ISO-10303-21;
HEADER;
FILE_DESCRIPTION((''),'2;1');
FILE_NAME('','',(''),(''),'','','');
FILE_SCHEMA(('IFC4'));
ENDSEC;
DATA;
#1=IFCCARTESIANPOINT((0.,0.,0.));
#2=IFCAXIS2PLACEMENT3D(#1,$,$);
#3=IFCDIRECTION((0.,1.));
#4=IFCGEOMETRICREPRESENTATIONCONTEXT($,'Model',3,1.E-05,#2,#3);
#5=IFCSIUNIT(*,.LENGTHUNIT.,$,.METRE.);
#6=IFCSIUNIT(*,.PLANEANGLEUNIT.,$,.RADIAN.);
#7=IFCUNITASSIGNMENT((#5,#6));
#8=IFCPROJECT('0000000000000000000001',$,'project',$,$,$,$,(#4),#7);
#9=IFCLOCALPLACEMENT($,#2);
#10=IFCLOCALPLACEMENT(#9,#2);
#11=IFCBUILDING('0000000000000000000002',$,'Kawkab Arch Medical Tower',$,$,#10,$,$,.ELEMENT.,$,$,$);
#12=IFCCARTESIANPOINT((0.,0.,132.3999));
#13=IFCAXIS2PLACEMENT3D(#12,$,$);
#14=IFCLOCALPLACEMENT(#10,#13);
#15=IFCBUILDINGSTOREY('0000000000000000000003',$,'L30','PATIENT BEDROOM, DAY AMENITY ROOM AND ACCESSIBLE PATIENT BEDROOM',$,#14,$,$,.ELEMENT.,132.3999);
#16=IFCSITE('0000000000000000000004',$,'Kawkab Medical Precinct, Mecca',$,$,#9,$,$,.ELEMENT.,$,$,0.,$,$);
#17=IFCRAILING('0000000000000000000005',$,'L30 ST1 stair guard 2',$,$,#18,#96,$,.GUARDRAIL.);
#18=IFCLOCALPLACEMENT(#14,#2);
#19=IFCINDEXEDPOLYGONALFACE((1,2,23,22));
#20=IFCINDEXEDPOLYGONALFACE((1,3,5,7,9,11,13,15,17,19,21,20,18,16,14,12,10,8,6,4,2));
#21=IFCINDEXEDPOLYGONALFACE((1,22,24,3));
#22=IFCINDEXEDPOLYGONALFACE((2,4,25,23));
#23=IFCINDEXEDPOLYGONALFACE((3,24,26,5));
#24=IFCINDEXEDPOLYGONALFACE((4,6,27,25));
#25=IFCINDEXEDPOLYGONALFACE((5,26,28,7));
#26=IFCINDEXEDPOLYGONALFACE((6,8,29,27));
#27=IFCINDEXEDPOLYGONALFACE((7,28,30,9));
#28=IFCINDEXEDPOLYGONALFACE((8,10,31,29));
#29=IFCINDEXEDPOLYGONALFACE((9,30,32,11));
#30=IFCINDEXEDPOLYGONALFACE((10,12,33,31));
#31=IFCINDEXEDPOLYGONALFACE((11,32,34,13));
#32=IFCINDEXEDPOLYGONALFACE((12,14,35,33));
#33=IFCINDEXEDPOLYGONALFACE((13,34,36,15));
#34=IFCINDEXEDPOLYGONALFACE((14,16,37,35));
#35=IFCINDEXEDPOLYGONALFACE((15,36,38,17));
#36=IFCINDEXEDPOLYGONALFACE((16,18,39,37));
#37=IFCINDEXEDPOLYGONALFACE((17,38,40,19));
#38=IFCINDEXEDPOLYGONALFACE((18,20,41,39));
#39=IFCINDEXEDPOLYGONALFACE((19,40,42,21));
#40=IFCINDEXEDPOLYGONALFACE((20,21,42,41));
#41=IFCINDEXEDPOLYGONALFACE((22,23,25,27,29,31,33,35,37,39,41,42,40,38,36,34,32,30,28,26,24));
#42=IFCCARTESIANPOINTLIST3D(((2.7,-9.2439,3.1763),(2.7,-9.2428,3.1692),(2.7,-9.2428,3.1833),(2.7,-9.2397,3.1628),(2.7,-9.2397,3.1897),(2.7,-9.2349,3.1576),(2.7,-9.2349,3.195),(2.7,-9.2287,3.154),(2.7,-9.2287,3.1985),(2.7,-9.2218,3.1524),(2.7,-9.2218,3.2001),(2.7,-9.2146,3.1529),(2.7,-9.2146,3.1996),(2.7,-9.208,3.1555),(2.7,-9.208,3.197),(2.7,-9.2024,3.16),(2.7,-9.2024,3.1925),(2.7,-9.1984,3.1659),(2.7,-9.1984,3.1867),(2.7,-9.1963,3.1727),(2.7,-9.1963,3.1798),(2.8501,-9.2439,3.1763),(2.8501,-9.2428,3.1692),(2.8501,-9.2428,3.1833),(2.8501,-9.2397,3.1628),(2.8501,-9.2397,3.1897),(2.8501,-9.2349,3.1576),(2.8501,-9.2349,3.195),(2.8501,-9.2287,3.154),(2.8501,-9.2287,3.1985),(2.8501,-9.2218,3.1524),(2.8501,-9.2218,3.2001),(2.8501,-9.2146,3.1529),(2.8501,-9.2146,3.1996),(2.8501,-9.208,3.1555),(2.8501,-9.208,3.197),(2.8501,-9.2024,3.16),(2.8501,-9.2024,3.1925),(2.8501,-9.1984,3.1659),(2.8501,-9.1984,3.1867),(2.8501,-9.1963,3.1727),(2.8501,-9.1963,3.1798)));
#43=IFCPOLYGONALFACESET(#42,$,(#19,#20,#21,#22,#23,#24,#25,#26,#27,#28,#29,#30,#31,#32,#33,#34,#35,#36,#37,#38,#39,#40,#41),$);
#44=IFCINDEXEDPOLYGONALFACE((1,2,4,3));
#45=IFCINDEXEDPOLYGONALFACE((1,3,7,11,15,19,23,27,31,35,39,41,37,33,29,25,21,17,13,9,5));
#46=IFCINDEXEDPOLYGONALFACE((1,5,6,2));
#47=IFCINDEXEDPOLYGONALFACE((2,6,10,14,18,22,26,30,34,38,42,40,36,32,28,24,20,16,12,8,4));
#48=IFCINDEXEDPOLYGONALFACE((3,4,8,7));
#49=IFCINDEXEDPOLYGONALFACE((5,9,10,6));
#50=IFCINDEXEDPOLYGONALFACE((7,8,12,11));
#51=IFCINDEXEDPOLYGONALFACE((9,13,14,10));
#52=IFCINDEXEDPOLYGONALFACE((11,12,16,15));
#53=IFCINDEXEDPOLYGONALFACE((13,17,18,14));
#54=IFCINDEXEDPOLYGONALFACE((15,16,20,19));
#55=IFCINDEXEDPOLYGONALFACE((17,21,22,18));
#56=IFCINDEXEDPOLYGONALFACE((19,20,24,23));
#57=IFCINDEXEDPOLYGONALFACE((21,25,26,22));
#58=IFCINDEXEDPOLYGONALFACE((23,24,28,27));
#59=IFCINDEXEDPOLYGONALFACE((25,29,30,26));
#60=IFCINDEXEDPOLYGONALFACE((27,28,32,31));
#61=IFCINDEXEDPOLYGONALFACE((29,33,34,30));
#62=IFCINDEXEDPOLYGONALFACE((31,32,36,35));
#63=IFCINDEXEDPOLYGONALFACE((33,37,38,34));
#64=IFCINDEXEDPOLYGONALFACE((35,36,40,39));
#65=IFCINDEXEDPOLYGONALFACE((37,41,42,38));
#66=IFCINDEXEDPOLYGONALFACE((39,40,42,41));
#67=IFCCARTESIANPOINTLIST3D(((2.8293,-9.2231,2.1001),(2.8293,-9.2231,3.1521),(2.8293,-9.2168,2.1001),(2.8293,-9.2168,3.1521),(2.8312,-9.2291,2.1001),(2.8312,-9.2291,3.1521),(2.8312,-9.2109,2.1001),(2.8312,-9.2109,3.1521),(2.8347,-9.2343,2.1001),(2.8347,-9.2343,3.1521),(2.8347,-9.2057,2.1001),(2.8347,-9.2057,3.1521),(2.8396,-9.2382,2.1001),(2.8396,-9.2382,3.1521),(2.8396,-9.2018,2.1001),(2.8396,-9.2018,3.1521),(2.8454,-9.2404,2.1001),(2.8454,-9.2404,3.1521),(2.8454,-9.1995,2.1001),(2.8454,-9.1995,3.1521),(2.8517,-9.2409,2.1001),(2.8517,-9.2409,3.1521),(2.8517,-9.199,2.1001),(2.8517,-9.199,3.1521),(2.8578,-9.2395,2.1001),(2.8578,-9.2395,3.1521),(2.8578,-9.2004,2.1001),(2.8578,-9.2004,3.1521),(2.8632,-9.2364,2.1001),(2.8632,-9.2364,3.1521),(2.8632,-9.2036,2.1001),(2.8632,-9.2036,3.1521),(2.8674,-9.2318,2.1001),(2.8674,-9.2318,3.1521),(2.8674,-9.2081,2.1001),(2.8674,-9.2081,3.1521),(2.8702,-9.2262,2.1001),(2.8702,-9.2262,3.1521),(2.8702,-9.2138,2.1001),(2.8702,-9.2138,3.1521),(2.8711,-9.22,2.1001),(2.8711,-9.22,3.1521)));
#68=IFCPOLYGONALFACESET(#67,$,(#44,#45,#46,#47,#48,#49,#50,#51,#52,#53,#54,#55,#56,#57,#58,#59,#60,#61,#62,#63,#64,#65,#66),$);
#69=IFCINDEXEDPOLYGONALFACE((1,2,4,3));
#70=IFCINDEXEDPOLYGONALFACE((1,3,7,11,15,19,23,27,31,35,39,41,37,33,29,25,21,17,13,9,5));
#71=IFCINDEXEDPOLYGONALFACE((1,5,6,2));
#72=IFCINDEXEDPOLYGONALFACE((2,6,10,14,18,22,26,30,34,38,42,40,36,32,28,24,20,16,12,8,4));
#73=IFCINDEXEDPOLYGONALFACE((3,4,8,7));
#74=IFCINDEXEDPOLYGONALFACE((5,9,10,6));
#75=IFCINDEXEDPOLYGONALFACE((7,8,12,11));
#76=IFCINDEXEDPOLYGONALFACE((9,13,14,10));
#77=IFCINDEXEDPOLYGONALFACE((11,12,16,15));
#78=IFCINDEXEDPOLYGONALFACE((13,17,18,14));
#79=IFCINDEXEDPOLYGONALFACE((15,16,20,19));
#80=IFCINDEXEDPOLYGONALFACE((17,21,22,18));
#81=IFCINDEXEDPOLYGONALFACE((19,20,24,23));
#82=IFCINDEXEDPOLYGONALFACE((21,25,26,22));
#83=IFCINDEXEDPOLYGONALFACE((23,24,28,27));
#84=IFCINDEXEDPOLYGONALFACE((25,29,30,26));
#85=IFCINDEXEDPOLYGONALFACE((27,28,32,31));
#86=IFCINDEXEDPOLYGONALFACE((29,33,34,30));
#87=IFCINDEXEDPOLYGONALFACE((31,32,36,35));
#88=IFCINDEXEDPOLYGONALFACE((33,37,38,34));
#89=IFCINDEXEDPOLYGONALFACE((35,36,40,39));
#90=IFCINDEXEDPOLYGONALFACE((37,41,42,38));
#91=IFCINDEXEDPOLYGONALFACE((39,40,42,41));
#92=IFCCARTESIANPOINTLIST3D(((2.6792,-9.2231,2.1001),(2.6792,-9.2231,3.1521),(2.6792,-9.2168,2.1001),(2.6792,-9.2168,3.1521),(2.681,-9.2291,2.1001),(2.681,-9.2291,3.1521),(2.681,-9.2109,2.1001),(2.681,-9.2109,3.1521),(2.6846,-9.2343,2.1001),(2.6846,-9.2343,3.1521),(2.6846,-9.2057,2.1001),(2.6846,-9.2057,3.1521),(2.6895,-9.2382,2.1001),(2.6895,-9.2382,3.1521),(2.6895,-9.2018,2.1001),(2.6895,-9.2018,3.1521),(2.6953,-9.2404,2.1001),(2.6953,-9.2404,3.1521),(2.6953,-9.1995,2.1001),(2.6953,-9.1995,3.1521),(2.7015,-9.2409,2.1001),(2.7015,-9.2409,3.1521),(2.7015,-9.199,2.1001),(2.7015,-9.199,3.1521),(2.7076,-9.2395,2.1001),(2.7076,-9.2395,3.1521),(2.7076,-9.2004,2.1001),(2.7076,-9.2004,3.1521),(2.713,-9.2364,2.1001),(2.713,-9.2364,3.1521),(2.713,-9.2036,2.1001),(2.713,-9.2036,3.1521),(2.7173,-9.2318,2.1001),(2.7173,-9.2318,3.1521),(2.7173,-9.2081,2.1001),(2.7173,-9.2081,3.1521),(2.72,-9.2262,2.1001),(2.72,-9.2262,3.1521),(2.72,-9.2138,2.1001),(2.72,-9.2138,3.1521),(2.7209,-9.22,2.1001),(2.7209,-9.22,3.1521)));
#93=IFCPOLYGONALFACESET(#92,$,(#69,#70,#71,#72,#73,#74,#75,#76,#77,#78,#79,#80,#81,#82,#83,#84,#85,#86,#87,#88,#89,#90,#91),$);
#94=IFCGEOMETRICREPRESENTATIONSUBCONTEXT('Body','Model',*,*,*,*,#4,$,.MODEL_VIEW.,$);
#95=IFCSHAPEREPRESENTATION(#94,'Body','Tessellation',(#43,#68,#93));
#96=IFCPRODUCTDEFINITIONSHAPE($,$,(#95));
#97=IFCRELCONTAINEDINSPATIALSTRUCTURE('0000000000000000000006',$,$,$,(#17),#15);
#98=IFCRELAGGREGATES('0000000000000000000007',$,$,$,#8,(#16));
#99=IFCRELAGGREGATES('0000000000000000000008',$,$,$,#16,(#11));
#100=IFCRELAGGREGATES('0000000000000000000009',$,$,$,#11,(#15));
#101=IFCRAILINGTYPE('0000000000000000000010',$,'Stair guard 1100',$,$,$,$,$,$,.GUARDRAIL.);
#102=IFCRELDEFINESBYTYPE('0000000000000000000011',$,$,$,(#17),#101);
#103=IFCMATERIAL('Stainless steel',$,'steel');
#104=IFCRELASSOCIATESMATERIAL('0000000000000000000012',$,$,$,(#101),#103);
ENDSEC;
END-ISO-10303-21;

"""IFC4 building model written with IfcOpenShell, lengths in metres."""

from ifc_helpers import new_model, si_unit, direction, frame, origin, origin_2d, place, context, subcontext, project, spatial, circle, extrude, material, type_object, element, save


model = new_model("IFC4")

# Units and contexts
model_context = context("Model", 3, precision=1e-05, world=origin(), true_north=direction((0.0, 1.0)))
body_context = subcontext(model_context, "Body", "Model", "MODEL_VIEW")
ifc_project = project(units=[si_unit("LENGTHUNIT", "METRE"), si_unit("PLANEANGLEUNIT", "RADIAN")], contexts=[model_context])

# Site, building, storey
site_placement = place(None, origin())
site = spatial("IfcSite", under=ifc_project, at=site_placement, Name="Kawkab Medical Precinct, Mecca", CompositionType="ELEMENT", RefElevation=0.0)
building_placement = place(site_placement, origin())
building = spatial("IfcBuilding", under=site, at=building_placement, Name="Kawkab Arch Medical Tower", CompositionType="ELEMENT")
storey_placement = place(building_placement, frame((0.0, 0.0, 132.3999)))
storey = spatial("IfcBuildingStorey", under=building, at=storey_placement, Name="L30", Description="PATIENT BEDROOM, DAY AMENITY ROOM AND ACCESSIBLE PATIENT BEDROOM", CompositionType="ELEMENT", Elevation=132.3999)

# Railing
ifc_material_1 = material(Name="Stainless steel", Category="steel")
railing_type_1 = type_object("IfcRailingType", Name="Stair guard 1100", PredefinedType="GUARDRAIL", material=ifc_material_1)
railing_1_placement = place(storey_placement, frame((2.8501, -9.22, 2.1001)))
element("IfcRailing", 1, at=railing_1_placement, inside=storey, type_object=railing_type_1, Name="L30 ST1 stair guard 2", PredefinedType="GUARDRAIL", context=body_context, shape_type="SweptSolid", body=[
    extrude(circle(Radius=0.0239, at=origin_2d()), frame((0.0, 0.0, 1.0762), z_axis=(-1.0, 0.0, 0.0), x_axis=(0.0, -1.0, 0.0)), (0.0, 0.0, 1.0), 0.1501),
    extrude(circle(Radius=0.021, at=origin_2d()), origin(), (0.0, 0.0, 1.0), 1.052),
    extrude(circle(Radius=0.021, at=origin_2d()), frame((-0.1501, 0.0, 0.0)), (0.0, 0.0, 1.0), 1.052),
])

save(model, "model.ifc")
